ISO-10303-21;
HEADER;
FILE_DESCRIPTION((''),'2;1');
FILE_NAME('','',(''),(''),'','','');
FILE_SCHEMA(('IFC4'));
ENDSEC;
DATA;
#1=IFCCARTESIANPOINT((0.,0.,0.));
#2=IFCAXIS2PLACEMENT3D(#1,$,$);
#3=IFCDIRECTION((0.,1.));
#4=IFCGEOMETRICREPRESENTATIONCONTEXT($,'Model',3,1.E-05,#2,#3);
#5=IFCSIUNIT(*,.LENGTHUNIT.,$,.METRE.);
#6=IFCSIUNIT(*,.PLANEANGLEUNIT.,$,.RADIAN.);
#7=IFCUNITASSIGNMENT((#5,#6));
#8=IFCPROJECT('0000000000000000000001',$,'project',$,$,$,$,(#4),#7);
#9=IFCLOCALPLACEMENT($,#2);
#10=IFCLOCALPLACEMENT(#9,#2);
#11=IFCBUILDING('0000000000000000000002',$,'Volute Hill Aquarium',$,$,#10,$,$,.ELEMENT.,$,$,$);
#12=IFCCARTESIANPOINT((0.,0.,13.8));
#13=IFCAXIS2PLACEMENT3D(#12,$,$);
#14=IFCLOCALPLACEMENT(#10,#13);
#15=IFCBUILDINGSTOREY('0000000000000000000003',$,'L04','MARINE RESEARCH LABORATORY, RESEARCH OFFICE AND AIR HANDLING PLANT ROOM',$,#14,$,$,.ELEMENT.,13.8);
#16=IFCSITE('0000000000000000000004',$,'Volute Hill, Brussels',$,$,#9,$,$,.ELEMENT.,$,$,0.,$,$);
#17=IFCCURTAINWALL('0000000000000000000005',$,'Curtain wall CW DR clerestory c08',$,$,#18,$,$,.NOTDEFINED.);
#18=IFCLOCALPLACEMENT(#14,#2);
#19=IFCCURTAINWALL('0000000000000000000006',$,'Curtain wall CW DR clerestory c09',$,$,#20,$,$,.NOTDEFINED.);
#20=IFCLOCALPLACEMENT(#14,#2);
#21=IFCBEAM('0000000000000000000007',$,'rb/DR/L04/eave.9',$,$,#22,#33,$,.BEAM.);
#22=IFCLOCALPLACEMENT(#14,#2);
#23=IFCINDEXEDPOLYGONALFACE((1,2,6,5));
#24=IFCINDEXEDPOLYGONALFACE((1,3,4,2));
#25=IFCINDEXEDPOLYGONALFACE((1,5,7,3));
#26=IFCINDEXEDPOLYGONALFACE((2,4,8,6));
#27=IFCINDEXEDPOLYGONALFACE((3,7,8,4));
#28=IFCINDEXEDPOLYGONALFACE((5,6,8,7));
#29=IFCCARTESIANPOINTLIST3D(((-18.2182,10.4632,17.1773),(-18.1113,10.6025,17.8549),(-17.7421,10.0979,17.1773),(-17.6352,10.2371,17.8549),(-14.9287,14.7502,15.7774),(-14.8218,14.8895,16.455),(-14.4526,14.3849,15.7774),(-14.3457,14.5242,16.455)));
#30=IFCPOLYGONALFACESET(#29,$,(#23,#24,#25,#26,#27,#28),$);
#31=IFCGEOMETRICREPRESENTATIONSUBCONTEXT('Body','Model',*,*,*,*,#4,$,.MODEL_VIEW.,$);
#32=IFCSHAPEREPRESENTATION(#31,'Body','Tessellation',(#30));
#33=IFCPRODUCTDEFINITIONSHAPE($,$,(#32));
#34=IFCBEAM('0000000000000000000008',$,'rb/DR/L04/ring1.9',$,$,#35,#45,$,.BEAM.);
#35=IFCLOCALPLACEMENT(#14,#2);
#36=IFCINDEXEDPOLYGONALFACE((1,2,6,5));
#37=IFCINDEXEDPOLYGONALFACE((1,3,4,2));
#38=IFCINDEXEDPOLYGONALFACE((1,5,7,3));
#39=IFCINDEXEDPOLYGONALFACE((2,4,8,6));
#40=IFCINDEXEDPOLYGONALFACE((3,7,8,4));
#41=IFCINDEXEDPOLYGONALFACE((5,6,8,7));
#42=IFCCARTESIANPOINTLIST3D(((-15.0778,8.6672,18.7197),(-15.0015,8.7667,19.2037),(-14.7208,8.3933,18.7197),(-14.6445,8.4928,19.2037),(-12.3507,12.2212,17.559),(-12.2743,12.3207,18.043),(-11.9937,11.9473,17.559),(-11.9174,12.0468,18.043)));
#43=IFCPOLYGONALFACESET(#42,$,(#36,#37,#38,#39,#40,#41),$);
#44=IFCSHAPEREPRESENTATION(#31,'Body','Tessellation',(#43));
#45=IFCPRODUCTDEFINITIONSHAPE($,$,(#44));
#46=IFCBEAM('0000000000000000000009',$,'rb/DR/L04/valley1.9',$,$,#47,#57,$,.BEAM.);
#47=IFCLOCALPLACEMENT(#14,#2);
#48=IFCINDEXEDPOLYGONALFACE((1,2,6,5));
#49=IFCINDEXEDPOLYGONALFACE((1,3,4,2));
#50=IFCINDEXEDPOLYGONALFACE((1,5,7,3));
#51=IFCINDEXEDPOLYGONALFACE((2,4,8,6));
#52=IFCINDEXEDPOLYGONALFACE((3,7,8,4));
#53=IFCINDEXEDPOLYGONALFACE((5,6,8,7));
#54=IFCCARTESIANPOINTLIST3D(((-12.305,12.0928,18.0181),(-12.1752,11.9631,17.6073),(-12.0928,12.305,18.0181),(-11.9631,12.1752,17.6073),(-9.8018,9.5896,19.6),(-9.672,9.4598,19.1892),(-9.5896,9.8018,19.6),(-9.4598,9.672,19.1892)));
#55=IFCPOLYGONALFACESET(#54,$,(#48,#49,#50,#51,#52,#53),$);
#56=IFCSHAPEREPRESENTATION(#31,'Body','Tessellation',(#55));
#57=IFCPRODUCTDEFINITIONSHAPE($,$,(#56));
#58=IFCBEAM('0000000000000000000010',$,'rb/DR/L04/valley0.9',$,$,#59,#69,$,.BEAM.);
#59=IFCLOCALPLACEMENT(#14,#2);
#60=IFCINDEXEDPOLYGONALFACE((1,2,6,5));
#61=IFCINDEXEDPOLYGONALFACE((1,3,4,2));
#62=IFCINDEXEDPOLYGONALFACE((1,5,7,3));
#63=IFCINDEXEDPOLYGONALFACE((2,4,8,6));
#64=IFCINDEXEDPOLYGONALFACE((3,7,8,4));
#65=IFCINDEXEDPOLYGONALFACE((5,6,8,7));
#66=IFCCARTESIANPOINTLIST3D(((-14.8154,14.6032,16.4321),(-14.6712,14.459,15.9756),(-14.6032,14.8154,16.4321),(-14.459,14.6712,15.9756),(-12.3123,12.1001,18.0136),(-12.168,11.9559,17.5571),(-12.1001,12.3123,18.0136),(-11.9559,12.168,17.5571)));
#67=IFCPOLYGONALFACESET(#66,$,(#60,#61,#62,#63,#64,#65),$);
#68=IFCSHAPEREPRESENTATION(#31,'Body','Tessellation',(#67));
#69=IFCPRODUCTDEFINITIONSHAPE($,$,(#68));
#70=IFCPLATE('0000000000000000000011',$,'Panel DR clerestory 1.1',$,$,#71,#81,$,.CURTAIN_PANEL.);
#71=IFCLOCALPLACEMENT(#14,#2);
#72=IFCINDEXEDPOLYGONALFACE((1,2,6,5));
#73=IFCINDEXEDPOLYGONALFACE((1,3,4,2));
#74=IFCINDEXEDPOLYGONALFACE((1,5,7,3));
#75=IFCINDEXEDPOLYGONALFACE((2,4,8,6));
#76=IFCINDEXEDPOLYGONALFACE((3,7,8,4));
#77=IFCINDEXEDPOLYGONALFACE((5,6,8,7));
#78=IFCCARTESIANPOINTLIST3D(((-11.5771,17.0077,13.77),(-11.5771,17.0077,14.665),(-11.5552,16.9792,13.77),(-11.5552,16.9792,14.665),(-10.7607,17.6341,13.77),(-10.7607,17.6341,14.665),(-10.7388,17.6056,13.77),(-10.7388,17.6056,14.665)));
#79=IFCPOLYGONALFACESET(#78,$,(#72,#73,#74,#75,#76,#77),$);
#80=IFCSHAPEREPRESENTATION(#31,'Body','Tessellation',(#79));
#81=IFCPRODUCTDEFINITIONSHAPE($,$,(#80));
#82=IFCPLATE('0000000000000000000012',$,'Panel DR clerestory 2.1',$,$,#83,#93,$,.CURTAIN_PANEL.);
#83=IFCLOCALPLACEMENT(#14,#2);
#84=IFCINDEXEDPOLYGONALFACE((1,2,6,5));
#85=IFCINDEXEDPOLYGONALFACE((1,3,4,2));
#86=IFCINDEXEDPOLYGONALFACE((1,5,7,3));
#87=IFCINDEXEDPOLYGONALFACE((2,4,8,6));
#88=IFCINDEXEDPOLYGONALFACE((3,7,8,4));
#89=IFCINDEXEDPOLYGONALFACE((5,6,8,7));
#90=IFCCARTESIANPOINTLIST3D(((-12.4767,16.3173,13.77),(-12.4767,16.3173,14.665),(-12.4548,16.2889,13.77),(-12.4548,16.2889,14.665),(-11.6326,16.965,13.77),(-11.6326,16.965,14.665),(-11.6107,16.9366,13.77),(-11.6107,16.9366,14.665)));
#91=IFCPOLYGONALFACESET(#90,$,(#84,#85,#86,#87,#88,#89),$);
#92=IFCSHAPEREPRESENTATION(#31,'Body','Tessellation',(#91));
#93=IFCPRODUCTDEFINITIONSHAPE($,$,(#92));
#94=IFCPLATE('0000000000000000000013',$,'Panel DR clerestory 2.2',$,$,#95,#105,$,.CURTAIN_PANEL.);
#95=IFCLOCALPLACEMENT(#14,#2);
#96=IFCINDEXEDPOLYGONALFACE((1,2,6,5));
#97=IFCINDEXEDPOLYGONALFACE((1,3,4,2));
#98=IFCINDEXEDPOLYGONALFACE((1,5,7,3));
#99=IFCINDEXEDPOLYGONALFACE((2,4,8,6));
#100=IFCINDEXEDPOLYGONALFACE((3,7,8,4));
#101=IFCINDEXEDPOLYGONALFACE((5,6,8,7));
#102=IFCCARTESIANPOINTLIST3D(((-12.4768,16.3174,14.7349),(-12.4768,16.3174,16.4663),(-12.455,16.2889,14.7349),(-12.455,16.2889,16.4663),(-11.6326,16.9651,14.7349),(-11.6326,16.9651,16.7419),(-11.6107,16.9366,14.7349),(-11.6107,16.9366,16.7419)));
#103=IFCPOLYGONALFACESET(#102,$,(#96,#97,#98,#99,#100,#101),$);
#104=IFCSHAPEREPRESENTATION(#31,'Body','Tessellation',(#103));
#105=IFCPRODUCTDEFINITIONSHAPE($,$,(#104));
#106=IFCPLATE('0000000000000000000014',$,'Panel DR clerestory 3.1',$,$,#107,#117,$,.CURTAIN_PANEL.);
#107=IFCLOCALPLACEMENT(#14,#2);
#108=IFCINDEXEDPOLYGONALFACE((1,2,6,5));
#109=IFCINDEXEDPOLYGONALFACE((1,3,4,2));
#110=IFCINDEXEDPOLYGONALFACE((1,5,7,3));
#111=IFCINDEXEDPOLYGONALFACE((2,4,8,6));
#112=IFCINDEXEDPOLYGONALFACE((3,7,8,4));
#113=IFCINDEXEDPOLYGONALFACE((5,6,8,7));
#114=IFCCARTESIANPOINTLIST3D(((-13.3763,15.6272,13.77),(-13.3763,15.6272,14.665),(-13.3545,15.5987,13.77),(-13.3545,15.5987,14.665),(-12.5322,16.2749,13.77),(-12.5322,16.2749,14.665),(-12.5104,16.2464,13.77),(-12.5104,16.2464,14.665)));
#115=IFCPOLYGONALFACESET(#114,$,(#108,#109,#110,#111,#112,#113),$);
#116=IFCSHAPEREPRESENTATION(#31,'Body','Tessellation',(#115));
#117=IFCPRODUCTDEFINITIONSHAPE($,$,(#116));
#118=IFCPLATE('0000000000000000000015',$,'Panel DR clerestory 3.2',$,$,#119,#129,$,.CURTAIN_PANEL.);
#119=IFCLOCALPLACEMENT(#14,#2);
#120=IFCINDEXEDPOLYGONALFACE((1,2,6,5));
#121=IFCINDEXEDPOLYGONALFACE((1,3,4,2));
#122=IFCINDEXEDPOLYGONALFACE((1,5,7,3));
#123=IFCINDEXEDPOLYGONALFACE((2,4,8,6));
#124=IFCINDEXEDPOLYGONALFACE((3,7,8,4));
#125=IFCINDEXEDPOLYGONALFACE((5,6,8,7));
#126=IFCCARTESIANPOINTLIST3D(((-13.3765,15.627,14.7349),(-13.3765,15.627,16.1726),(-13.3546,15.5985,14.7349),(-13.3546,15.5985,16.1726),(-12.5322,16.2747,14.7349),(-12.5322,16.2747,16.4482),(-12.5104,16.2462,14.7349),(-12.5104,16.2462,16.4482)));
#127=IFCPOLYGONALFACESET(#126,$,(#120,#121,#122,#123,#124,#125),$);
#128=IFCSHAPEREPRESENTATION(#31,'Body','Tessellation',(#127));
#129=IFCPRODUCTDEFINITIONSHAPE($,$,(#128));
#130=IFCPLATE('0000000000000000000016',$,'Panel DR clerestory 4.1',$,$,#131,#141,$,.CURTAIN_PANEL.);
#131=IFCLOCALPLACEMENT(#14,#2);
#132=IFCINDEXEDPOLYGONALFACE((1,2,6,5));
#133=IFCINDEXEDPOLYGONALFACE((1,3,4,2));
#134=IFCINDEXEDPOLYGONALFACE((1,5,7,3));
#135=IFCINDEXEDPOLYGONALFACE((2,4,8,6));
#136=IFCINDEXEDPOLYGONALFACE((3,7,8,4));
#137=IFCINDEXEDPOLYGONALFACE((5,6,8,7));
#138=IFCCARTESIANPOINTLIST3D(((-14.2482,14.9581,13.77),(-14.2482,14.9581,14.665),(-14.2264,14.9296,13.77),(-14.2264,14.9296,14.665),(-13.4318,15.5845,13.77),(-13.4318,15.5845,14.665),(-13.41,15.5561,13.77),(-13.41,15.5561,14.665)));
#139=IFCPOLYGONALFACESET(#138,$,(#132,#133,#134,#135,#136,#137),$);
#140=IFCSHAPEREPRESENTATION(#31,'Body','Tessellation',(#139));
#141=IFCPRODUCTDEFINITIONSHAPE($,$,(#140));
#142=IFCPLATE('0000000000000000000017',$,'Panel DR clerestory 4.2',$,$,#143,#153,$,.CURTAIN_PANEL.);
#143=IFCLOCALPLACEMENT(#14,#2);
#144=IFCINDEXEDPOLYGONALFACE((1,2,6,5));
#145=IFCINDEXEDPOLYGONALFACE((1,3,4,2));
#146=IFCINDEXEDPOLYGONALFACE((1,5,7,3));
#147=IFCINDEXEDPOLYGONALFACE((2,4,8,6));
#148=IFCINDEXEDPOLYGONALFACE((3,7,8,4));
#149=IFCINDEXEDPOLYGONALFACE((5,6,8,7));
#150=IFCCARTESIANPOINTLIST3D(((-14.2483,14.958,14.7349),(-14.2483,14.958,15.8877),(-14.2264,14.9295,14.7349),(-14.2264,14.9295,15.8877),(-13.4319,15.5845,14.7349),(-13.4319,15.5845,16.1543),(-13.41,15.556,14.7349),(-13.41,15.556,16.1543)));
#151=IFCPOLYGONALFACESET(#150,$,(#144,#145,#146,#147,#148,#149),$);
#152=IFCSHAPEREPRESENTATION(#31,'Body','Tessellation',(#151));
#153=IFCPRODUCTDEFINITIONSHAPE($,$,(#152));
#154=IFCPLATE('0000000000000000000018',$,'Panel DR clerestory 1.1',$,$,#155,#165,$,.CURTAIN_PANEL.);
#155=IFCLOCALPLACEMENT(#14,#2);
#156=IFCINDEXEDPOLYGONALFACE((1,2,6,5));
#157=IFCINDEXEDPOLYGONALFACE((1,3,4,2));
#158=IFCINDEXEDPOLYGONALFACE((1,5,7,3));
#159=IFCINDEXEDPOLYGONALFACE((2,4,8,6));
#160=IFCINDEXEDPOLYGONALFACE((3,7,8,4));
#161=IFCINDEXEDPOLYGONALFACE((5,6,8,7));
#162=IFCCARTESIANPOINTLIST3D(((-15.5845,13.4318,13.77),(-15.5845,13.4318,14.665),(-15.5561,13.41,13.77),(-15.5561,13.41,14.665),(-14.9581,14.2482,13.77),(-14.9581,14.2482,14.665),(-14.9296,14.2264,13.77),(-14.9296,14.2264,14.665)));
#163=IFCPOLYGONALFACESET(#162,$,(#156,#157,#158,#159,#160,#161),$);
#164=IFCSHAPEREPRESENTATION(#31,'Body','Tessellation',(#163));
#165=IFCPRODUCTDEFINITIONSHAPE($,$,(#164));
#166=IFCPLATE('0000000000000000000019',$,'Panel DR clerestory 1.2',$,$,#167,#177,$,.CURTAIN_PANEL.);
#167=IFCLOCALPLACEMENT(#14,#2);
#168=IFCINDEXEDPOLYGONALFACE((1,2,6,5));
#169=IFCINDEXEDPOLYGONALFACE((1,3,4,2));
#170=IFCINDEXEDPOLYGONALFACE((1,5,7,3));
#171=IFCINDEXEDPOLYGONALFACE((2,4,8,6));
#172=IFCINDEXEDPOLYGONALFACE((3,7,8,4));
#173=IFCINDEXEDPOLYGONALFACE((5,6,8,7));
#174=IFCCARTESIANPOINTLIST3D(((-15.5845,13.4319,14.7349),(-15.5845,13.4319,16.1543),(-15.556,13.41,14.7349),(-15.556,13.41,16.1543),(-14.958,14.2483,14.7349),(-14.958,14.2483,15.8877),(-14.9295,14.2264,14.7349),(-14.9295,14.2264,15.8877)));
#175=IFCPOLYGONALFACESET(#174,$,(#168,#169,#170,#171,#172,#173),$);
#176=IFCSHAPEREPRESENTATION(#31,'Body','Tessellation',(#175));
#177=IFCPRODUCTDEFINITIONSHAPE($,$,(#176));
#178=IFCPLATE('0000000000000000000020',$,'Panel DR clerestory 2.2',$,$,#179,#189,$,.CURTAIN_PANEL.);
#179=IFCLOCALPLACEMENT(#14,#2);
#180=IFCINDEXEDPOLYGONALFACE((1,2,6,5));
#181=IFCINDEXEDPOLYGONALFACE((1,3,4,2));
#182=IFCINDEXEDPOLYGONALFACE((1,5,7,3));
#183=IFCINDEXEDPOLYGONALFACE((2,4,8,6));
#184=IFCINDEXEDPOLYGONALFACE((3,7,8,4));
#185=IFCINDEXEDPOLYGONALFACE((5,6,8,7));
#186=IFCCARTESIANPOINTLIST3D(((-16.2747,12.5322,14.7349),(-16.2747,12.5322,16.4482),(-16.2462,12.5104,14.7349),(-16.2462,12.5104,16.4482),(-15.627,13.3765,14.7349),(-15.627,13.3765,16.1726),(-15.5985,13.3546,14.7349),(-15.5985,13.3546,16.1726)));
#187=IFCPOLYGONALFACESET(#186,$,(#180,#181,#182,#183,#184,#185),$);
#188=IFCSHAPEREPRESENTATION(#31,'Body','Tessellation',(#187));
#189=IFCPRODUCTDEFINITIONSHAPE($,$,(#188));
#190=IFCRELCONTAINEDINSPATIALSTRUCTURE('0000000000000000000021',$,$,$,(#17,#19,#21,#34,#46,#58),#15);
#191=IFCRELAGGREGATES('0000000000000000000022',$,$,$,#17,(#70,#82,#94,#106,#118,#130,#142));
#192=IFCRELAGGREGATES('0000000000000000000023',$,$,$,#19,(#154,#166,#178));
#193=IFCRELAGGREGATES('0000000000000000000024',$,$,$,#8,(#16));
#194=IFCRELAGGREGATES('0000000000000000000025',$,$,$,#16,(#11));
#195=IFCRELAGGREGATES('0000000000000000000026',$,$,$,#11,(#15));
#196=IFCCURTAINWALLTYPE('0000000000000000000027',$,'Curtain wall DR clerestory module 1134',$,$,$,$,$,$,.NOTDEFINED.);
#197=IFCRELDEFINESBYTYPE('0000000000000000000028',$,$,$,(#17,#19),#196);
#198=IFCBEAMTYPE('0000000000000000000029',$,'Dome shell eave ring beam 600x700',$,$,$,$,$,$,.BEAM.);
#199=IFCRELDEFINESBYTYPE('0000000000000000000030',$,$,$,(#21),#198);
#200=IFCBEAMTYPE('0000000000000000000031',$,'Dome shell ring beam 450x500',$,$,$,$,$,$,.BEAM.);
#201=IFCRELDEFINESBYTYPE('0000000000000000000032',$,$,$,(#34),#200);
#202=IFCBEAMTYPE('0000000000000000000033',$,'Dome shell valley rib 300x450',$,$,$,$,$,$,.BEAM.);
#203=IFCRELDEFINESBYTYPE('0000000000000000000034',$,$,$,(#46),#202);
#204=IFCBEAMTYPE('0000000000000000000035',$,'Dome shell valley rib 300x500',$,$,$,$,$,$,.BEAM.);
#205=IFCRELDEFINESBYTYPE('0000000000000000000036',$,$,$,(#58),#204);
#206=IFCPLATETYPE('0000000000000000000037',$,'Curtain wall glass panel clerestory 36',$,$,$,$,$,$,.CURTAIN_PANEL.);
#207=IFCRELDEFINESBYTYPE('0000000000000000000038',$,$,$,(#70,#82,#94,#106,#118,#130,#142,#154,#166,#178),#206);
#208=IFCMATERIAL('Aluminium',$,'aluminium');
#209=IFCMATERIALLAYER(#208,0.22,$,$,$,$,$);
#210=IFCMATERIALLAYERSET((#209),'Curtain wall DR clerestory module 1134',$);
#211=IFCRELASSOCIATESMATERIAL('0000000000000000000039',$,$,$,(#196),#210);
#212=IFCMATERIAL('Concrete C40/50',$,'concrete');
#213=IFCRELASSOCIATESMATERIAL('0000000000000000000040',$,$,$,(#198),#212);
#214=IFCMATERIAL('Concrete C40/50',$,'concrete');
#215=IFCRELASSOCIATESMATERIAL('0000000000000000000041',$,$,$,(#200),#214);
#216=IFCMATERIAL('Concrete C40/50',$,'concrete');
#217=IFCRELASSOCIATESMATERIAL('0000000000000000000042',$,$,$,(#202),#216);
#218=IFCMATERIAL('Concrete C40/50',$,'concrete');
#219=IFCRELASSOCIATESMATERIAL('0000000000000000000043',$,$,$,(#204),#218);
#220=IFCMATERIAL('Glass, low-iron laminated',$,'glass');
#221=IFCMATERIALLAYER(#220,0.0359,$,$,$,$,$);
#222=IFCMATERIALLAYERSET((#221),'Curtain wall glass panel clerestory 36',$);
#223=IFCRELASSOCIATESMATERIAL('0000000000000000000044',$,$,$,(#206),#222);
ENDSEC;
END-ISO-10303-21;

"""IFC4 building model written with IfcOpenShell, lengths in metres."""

from ifc_helpers import new_model, si_unit, direction, frame, origin, origin_2d, place, context, subcontext, project, spatial, polyline, rectangle, outline, extrude, material, layer, layer_set, material_profile, profile_set, type_object, element, aggregate, save


model = new_model("IFC4")

# Units and contexts
model_context = context("Model", 3, precision=1e-05, world=origin(), true_north=direction((0.0, 1.0)))
body_context = subcontext(model_context, "Body", "Model", "MODEL_VIEW")
ifc_project = project(units=[si_unit("LENGTHUNIT", "METRE"), si_unit("PLANEANGLEUNIT", "RADIAN")], contexts=[model_context])

# Site, building, storey
site_placement = place(None, origin())
site = spatial("IfcSite", under=ifc_project, at=site_placement, Name="Volute Hill, Brussels", CompositionType="ELEMENT", RefElevation=0.0)
building_placement = place(site_placement, origin())
building = spatial("IfcBuilding", under=site, at=building_placement, Name="Volute Hill Aquarium", CompositionType="ELEMENT")
storey_placement = place(building_placement, frame((0.0, 0.0, 13.8)))
storey = spatial("IfcBuildingStorey", under=building, at=storey_placement, Name="L04", Description="MARINE RESEARCH LABORATORY, RESEARCH OFFICE AND AIR HANDLING PLANT ROOM", CompositionType="ELEMENT", Elevation=13.8)

# Curtain walls
ifc_material_1 = material(Name="Aluminium", Category="aluminium")
ifc_layer_1 = layer(ifc_material_1, 0.22)
ifc_layer_set_1 = layer_set([ifc_layer_1], Name="Curtain wall DR clerestory module 1134")
curtain_wall_type = type_object("IfcCurtainWallType", Name="Curtain wall DR clerestory module 1134", PredefinedType="NOTDEFINED", material=ifc_layer_set_1)
curtain_wall_1_placement = place(storey_placement, origin())
curtain_wall_1 = element("IfcCurtainWall", 1, at=curtain_wall_1_placement, inside=storey, type_object=curtain_wall_type, Name="Curtain wall CW DR clerestory c08", PredefinedType="NOTDEFINED")
curtain_wall_2_placement = place(storey_placement, origin())
curtain_wall_2 = element("IfcCurtainWall", 2, at=curtain_wall_2_placement, inside=storey, type_object=curtain_wall_type, Name="Curtain wall CW DR clerestory c09", PredefinedType="NOTDEFINED")

# Beams
ifc_material_2 = material(Name="Concrete C40/50", Category="concrete")
ifc_material_profile_1 = material_profile(ifc_material_2, rectangle(XDim=0.6001, YDim=0.7, at=origin_2d()), Name="RC beam 600x700")
ifc_profile_set_1 = profile_set([ifc_material_profile_1], Name="Concrete C40/50")
beam_type_1 = type_object("IfcBeamType", Name="Dome shell eave ring beam 600x700", PredefinedType="BEAM", material=ifc_profile_set_1)
beam_1_placement = place(storey_placement, frame((-14.6372, 14.6372, 16.1162), z_axis=(-0.5893, -0.768006, 0.250783), x_axis=(0.793359, -0.608754, 0.0)))
element("IfcBeam", 3, at=beam_1_placement, inside=storey, type_object=beam_type_1, Name="rb/DR/L04/eave.9", PredefinedType="BEAM", context=body_context, shape_type="SweptSolid", body=[
    extrude(rectangle(XDim=0.6001, YDim=0.7, at=origin_2d()), origin(), (0.0, 0.0, 1.0), 5.582),
])
ifc_material_3 = material(Name="Concrete C40/50", Category="concrete")
ifc_material_profile_2 = material_profile(ifc_material_3, rectangle(XDim=0.45, YDim=0.5, at=origin_2d()), Name="RC beam 450x500")
ifc_profile_set_2 = profile_set([ifc_material_profile_2], Name="Concrete C40/50")
beam_type_2 = type_object("IfcBeamType", Name="Dome shell ring beam 450x500", PredefinedType="BEAM", material=ifc_profile_set_2)
beam_2_placement = place(storey_placement, frame((-12.134, 12.134, 17.801), z_axis=(-0.589304, -0.767994, 0.25081), x_axis=(0.793353, -0.608762, 0.0)))
element("IfcBeam", 4, at=beam_2_placement, inside=storey, type_object=beam_type_2, Name="rb/DR/L04/ring1.9", PredefinedType="BEAM", context=body_context, shape_type="SweptSolid", body=[
    extrude(rectangle(XDim=0.45, YDim=0.5, at=origin_2d()), origin(), (0.0, 0.0, 1.0), 4.6277),
])
ifc_material_4 = material(Name="Concrete C40/50", Category="concrete")
ifc_material_profile_3 = material_profile(ifc_material_4, rectangle(XDim=0.3, YDim=0.45, at=origin_2d()), Name="RC rib 300x450")
ifc_profile_set_3 = profile_set([ifc_material_profile_3], Name="Concrete C40/50")
beam_type_3 = type_object("IfcBeamType", Name="Dome shell valley rib 300x450", PredefinedType="BEAM", material=ifc_profile_set_3)
beam_3_placement = place(storey_placement, frame((-12.134, 12.134, 17.8127), z_axis=(0.64559, -0.64559, 0.407956), x_axis=(0.707107, 0.707107, 0.0)))
element("IfcBeam", 5, at=beam_3_placement, inside=storey, type_object=beam_type_3, Name="rb/DR/L04/valley1.9", PredefinedType="BEAM", context=body_context, shape_type="SweptSolid", body=[
    extrude(rectangle(XDim=0.3, YDim=0.45, at=origin_2d()), origin(), (0.0, 0.0, 1.0), 3.8774),
])
ifc_material_5 = material(Name="Concrete C40/50", Category="concrete")
ifc_material_profile_4 = material_profile(ifc_material_5, rectangle(XDim=0.3, YDim=0.5, at=origin_2d()), Name="RC rib 300x500")
ifc_profile_set_4 = profile_set([ifc_material_profile_4], Name="Concrete C40/50")
beam_type_4 = type_object("IfcBeamType", Name="Dome shell valley rib 300x500", PredefinedType="BEAM", material=ifc_profile_set_4)
beam_4_placement = place(storey_placement, frame((-14.6372, 14.6372, 16.2039), z_axis=(0.645606, -0.645606, 0.407904), x_axis=(0.707107, 0.707107, 0.0)))
element("IfcBeam", 6, at=beam_4_placement, inside=storey, type_object=beam_type_4, Name="rb/DR/L04/valley0.9", PredefinedType="BEAM", context=body_context, shape_type="SweptSolid", body=[
    extrude(rectangle(XDim=0.3, YDim=0.5, at=origin_2d()), origin(), (0.0, 0.0, 1.0), 3.8772),
])

# Plates
ifc_material_6 = material(Name="Glass, low-iron laminated", Category="glass")
ifc_layer_2 = layer(ifc_material_6, 0.0359)
ifc_layer_set_2 = layer_set([ifc_layer_2], Name="Curtain wall glass panel clerestory 36")
plate_type = type_object("IfcPlateType", Name="Curtain wall glass panel clerestory 36", PredefinedType="CURTAIN_PANEL", material=ifc_layer_set_2)
plate_1_placement = place(storey_placement, frame((-11.158, 17.3066, 13.77), z_axis=(0.0, 0.0, 1.0), x_axis=(-0.793354, -0.608761, 0.0)))
plate_1 = element("IfcPlate", 7, at=plate_1_placement, type_object=plate_type, Name="Panel DR clerestory 1.1", PredefinedType="CURTAIN_PANEL", context=body_context, shape_type="SweptSolid", body=[
    extrude(rectangle(XDim=1.0291, YDim=0.0359, at=origin_2d()), origin(), (0.0, 0.0, 1.0), 0.895),
])
plate_2_placement = place(storey_placement, frame((-12.0437, 16.627, 13.77), z_axis=(0.0, 0.0, 1.0), x_axis=(-0.793354, -0.608761, 0.0)))
plate_2 = element("IfcPlate", 8, at=plate_2_placement, type_object=plate_type, Name="Panel DR clerestory 2.1", PredefinedType="CURTAIN_PANEL", context=body_context, shape_type="SweptSolid", body=[
    extrude(rectangle(XDim=1.064, YDim=0.0359, at=origin_2d()), origin(), (0.0, 0.0, 1.0), 0.895),
])
plate_3_placement = place(storey_placement, frame((-11.6326, 16.9651, 14.7349), z_axis=(-0.608701, 0.7934, 0.0), x_axis=(-0.7934, -0.608701, 0.0)))
plate_3 = element("IfcPlate", 9, at=plate_3_placement, type_object=plate_type, Name="Panel DR clerestory 2.2", PredefinedType="CURTAIN_PANEL", context=body_context, shape_type="SweptSolid", body=[
    extrude(outline(polyline([(0.0, 0.0), (1.0641, 0.0), (1.0641, 1.7314), (0.0, 2.0071), (0.0, 0.0)])), origin(), (0.0, 0.0, -1.0), 0.0359),
])
plate_4_placement = place(storey_placement, frame((-12.9434, 15.9368, 13.77), z_axis=(0.0, 0.0, 1.0), x_axis=(-0.793354, -0.608761, 0.0)))
plate_4 = element("IfcPlate", 10, at=plate_4_placement, type_object=plate_type, Name="Panel DR clerestory 3.1", PredefinedType="CURTAIN_PANEL", context=body_context, shape_type="SweptSolid", body=[
    extrude(rectangle(XDim=1.064, YDim=0.0359, at=origin_2d()), origin(), (0.0, 0.0, 1.0), 0.895),
])
plate_5_placement = place(storey_placement, frame((-12.5322, 16.2747, 14.7349), z_axis=(-0.608701, 0.7934, 0.0), x_axis=(-0.7934, -0.608701, 0.0)))
plate_5 = element("IfcPlate", 11, at=plate_5_placement, type_object=plate_type, Name="Panel DR clerestory 3.2", PredefinedType="CURTAIN_PANEL", context=body_context, shape_type="SweptSolid", body=[
    extrude(outline(polyline([(0.0, 0.0), (1.0641, 0.0), (1.0641, 1.4377), (0.0, 1.7134), (0.0, 0.0)])), origin(), (0.0, 0.0, -1.0), 0.0359),
])
plate_6_placement = place(storey_placement, frame((-13.8291, 15.2571, 13.77), z_axis=(0.0, 0.0, 1.0), x_axis=(-0.793354, -0.608761, 0.0)))
plate_6 = element("IfcPlate", 12, at=plate_6_placement, type_object=plate_type, Name="Panel DR clerestory 4.1", PredefinedType="CURTAIN_PANEL", context=body_context, shape_type="SweptSolid", body=[
    extrude(rectangle(XDim=1.0291, YDim=0.0359, at=origin_2d()), origin(), (0.0, 0.0, 1.0), 0.895),
])
plate_7_placement = place(storey_placement, frame((-13.4319, 15.5845, 14.7349), z_axis=(-0.60877, 0.793347, 0.0), x_axis=(-0.793347, -0.60877, 0.0)))
plate_7 = element("IfcPlate", 13, at=plate_7_placement, type_object=plate_type, Name="Panel DR clerestory 4.2", PredefinedType="CURTAIN_PANEL", context=body_context, shape_type="SweptSolid", body=[
    extrude(outline(polyline([(0.0, 0.0), (1.0291, 0.0), (1.0291, 1.1528), (0.0, 1.4194), (0.0, 0.0)])), origin(), (0.0, 0.0, -1.0), 0.0359),
])
aggregate(curtain_wall_1, [plate_1, plate_2, plate_3, plate_4, plate_5, plate_6, plate_7])
plate_8_placement = place(storey_placement, frame((-15.2571, 13.8291, 13.77), z_axis=(0.0, 0.0, 1.0), x_axis=(-0.608761, -0.793354, 0.0)))
plate_8 = element("IfcPlate", 14, at=plate_8_placement, type_object=plate_type, Name="Panel DR clerestory 1.1", PredefinedType="CURTAIN_PANEL", context=body_context, shape_type="SweptSolid", body=[
    extrude(rectangle(XDim=1.0291, YDim=0.0359, at=origin_2d()), origin(), (0.0, 0.0, 1.0), 0.895),
])
plate_9_placement = place(storey_placement, frame((-14.958, 14.2483, 14.7349), z_axis=(-0.793347, 0.60877, 0.0), x_axis=(-0.60877, -0.793347, 0.0)))
plate_9 = element("IfcPlate", 15, at=plate_9_placement, type_object=plate_type, Name="Panel DR clerestory 1.2", PredefinedType="CURTAIN_PANEL", context=body_context, shape_type="SweptSolid", body=[
    extrude(outline(polyline([(0.0, 0.0), (1.0291, 0.0), (1.0291, 1.4194), (0.0, 1.1528), (0.0, 0.0)])), origin(), (0.0, 0.0, -1.0), 0.0359),
])
plate_10_placement = place(storey_placement, frame((-15.627, 13.3765, 14.7349), z_axis=(-0.7934, 0.608701, 0.0), x_axis=(-0.608701, -0.7934, 0.0)))
plate_10 = element("IfcPlate", 16, at=plate_10_placement, type_object=plate_type, Name="Panel DR clerestory 2.2", PredefinedType="CURTAIN_PANEL", context=body_context, shape_type="SweptSolid", body=[
    extrude(outline(polyline([(0.0, 0.0), (1.0641, 0.0), (1.0641, 1.7134), (0.0, 1.4377), (0.0, 0.0)])), origin(), (0.0, 0.0, -1.0), 0.0359),
])
aggregate(curtain_wall_2, [plate_8, plate_9, plate_10])

save(model, "model.ifc")
